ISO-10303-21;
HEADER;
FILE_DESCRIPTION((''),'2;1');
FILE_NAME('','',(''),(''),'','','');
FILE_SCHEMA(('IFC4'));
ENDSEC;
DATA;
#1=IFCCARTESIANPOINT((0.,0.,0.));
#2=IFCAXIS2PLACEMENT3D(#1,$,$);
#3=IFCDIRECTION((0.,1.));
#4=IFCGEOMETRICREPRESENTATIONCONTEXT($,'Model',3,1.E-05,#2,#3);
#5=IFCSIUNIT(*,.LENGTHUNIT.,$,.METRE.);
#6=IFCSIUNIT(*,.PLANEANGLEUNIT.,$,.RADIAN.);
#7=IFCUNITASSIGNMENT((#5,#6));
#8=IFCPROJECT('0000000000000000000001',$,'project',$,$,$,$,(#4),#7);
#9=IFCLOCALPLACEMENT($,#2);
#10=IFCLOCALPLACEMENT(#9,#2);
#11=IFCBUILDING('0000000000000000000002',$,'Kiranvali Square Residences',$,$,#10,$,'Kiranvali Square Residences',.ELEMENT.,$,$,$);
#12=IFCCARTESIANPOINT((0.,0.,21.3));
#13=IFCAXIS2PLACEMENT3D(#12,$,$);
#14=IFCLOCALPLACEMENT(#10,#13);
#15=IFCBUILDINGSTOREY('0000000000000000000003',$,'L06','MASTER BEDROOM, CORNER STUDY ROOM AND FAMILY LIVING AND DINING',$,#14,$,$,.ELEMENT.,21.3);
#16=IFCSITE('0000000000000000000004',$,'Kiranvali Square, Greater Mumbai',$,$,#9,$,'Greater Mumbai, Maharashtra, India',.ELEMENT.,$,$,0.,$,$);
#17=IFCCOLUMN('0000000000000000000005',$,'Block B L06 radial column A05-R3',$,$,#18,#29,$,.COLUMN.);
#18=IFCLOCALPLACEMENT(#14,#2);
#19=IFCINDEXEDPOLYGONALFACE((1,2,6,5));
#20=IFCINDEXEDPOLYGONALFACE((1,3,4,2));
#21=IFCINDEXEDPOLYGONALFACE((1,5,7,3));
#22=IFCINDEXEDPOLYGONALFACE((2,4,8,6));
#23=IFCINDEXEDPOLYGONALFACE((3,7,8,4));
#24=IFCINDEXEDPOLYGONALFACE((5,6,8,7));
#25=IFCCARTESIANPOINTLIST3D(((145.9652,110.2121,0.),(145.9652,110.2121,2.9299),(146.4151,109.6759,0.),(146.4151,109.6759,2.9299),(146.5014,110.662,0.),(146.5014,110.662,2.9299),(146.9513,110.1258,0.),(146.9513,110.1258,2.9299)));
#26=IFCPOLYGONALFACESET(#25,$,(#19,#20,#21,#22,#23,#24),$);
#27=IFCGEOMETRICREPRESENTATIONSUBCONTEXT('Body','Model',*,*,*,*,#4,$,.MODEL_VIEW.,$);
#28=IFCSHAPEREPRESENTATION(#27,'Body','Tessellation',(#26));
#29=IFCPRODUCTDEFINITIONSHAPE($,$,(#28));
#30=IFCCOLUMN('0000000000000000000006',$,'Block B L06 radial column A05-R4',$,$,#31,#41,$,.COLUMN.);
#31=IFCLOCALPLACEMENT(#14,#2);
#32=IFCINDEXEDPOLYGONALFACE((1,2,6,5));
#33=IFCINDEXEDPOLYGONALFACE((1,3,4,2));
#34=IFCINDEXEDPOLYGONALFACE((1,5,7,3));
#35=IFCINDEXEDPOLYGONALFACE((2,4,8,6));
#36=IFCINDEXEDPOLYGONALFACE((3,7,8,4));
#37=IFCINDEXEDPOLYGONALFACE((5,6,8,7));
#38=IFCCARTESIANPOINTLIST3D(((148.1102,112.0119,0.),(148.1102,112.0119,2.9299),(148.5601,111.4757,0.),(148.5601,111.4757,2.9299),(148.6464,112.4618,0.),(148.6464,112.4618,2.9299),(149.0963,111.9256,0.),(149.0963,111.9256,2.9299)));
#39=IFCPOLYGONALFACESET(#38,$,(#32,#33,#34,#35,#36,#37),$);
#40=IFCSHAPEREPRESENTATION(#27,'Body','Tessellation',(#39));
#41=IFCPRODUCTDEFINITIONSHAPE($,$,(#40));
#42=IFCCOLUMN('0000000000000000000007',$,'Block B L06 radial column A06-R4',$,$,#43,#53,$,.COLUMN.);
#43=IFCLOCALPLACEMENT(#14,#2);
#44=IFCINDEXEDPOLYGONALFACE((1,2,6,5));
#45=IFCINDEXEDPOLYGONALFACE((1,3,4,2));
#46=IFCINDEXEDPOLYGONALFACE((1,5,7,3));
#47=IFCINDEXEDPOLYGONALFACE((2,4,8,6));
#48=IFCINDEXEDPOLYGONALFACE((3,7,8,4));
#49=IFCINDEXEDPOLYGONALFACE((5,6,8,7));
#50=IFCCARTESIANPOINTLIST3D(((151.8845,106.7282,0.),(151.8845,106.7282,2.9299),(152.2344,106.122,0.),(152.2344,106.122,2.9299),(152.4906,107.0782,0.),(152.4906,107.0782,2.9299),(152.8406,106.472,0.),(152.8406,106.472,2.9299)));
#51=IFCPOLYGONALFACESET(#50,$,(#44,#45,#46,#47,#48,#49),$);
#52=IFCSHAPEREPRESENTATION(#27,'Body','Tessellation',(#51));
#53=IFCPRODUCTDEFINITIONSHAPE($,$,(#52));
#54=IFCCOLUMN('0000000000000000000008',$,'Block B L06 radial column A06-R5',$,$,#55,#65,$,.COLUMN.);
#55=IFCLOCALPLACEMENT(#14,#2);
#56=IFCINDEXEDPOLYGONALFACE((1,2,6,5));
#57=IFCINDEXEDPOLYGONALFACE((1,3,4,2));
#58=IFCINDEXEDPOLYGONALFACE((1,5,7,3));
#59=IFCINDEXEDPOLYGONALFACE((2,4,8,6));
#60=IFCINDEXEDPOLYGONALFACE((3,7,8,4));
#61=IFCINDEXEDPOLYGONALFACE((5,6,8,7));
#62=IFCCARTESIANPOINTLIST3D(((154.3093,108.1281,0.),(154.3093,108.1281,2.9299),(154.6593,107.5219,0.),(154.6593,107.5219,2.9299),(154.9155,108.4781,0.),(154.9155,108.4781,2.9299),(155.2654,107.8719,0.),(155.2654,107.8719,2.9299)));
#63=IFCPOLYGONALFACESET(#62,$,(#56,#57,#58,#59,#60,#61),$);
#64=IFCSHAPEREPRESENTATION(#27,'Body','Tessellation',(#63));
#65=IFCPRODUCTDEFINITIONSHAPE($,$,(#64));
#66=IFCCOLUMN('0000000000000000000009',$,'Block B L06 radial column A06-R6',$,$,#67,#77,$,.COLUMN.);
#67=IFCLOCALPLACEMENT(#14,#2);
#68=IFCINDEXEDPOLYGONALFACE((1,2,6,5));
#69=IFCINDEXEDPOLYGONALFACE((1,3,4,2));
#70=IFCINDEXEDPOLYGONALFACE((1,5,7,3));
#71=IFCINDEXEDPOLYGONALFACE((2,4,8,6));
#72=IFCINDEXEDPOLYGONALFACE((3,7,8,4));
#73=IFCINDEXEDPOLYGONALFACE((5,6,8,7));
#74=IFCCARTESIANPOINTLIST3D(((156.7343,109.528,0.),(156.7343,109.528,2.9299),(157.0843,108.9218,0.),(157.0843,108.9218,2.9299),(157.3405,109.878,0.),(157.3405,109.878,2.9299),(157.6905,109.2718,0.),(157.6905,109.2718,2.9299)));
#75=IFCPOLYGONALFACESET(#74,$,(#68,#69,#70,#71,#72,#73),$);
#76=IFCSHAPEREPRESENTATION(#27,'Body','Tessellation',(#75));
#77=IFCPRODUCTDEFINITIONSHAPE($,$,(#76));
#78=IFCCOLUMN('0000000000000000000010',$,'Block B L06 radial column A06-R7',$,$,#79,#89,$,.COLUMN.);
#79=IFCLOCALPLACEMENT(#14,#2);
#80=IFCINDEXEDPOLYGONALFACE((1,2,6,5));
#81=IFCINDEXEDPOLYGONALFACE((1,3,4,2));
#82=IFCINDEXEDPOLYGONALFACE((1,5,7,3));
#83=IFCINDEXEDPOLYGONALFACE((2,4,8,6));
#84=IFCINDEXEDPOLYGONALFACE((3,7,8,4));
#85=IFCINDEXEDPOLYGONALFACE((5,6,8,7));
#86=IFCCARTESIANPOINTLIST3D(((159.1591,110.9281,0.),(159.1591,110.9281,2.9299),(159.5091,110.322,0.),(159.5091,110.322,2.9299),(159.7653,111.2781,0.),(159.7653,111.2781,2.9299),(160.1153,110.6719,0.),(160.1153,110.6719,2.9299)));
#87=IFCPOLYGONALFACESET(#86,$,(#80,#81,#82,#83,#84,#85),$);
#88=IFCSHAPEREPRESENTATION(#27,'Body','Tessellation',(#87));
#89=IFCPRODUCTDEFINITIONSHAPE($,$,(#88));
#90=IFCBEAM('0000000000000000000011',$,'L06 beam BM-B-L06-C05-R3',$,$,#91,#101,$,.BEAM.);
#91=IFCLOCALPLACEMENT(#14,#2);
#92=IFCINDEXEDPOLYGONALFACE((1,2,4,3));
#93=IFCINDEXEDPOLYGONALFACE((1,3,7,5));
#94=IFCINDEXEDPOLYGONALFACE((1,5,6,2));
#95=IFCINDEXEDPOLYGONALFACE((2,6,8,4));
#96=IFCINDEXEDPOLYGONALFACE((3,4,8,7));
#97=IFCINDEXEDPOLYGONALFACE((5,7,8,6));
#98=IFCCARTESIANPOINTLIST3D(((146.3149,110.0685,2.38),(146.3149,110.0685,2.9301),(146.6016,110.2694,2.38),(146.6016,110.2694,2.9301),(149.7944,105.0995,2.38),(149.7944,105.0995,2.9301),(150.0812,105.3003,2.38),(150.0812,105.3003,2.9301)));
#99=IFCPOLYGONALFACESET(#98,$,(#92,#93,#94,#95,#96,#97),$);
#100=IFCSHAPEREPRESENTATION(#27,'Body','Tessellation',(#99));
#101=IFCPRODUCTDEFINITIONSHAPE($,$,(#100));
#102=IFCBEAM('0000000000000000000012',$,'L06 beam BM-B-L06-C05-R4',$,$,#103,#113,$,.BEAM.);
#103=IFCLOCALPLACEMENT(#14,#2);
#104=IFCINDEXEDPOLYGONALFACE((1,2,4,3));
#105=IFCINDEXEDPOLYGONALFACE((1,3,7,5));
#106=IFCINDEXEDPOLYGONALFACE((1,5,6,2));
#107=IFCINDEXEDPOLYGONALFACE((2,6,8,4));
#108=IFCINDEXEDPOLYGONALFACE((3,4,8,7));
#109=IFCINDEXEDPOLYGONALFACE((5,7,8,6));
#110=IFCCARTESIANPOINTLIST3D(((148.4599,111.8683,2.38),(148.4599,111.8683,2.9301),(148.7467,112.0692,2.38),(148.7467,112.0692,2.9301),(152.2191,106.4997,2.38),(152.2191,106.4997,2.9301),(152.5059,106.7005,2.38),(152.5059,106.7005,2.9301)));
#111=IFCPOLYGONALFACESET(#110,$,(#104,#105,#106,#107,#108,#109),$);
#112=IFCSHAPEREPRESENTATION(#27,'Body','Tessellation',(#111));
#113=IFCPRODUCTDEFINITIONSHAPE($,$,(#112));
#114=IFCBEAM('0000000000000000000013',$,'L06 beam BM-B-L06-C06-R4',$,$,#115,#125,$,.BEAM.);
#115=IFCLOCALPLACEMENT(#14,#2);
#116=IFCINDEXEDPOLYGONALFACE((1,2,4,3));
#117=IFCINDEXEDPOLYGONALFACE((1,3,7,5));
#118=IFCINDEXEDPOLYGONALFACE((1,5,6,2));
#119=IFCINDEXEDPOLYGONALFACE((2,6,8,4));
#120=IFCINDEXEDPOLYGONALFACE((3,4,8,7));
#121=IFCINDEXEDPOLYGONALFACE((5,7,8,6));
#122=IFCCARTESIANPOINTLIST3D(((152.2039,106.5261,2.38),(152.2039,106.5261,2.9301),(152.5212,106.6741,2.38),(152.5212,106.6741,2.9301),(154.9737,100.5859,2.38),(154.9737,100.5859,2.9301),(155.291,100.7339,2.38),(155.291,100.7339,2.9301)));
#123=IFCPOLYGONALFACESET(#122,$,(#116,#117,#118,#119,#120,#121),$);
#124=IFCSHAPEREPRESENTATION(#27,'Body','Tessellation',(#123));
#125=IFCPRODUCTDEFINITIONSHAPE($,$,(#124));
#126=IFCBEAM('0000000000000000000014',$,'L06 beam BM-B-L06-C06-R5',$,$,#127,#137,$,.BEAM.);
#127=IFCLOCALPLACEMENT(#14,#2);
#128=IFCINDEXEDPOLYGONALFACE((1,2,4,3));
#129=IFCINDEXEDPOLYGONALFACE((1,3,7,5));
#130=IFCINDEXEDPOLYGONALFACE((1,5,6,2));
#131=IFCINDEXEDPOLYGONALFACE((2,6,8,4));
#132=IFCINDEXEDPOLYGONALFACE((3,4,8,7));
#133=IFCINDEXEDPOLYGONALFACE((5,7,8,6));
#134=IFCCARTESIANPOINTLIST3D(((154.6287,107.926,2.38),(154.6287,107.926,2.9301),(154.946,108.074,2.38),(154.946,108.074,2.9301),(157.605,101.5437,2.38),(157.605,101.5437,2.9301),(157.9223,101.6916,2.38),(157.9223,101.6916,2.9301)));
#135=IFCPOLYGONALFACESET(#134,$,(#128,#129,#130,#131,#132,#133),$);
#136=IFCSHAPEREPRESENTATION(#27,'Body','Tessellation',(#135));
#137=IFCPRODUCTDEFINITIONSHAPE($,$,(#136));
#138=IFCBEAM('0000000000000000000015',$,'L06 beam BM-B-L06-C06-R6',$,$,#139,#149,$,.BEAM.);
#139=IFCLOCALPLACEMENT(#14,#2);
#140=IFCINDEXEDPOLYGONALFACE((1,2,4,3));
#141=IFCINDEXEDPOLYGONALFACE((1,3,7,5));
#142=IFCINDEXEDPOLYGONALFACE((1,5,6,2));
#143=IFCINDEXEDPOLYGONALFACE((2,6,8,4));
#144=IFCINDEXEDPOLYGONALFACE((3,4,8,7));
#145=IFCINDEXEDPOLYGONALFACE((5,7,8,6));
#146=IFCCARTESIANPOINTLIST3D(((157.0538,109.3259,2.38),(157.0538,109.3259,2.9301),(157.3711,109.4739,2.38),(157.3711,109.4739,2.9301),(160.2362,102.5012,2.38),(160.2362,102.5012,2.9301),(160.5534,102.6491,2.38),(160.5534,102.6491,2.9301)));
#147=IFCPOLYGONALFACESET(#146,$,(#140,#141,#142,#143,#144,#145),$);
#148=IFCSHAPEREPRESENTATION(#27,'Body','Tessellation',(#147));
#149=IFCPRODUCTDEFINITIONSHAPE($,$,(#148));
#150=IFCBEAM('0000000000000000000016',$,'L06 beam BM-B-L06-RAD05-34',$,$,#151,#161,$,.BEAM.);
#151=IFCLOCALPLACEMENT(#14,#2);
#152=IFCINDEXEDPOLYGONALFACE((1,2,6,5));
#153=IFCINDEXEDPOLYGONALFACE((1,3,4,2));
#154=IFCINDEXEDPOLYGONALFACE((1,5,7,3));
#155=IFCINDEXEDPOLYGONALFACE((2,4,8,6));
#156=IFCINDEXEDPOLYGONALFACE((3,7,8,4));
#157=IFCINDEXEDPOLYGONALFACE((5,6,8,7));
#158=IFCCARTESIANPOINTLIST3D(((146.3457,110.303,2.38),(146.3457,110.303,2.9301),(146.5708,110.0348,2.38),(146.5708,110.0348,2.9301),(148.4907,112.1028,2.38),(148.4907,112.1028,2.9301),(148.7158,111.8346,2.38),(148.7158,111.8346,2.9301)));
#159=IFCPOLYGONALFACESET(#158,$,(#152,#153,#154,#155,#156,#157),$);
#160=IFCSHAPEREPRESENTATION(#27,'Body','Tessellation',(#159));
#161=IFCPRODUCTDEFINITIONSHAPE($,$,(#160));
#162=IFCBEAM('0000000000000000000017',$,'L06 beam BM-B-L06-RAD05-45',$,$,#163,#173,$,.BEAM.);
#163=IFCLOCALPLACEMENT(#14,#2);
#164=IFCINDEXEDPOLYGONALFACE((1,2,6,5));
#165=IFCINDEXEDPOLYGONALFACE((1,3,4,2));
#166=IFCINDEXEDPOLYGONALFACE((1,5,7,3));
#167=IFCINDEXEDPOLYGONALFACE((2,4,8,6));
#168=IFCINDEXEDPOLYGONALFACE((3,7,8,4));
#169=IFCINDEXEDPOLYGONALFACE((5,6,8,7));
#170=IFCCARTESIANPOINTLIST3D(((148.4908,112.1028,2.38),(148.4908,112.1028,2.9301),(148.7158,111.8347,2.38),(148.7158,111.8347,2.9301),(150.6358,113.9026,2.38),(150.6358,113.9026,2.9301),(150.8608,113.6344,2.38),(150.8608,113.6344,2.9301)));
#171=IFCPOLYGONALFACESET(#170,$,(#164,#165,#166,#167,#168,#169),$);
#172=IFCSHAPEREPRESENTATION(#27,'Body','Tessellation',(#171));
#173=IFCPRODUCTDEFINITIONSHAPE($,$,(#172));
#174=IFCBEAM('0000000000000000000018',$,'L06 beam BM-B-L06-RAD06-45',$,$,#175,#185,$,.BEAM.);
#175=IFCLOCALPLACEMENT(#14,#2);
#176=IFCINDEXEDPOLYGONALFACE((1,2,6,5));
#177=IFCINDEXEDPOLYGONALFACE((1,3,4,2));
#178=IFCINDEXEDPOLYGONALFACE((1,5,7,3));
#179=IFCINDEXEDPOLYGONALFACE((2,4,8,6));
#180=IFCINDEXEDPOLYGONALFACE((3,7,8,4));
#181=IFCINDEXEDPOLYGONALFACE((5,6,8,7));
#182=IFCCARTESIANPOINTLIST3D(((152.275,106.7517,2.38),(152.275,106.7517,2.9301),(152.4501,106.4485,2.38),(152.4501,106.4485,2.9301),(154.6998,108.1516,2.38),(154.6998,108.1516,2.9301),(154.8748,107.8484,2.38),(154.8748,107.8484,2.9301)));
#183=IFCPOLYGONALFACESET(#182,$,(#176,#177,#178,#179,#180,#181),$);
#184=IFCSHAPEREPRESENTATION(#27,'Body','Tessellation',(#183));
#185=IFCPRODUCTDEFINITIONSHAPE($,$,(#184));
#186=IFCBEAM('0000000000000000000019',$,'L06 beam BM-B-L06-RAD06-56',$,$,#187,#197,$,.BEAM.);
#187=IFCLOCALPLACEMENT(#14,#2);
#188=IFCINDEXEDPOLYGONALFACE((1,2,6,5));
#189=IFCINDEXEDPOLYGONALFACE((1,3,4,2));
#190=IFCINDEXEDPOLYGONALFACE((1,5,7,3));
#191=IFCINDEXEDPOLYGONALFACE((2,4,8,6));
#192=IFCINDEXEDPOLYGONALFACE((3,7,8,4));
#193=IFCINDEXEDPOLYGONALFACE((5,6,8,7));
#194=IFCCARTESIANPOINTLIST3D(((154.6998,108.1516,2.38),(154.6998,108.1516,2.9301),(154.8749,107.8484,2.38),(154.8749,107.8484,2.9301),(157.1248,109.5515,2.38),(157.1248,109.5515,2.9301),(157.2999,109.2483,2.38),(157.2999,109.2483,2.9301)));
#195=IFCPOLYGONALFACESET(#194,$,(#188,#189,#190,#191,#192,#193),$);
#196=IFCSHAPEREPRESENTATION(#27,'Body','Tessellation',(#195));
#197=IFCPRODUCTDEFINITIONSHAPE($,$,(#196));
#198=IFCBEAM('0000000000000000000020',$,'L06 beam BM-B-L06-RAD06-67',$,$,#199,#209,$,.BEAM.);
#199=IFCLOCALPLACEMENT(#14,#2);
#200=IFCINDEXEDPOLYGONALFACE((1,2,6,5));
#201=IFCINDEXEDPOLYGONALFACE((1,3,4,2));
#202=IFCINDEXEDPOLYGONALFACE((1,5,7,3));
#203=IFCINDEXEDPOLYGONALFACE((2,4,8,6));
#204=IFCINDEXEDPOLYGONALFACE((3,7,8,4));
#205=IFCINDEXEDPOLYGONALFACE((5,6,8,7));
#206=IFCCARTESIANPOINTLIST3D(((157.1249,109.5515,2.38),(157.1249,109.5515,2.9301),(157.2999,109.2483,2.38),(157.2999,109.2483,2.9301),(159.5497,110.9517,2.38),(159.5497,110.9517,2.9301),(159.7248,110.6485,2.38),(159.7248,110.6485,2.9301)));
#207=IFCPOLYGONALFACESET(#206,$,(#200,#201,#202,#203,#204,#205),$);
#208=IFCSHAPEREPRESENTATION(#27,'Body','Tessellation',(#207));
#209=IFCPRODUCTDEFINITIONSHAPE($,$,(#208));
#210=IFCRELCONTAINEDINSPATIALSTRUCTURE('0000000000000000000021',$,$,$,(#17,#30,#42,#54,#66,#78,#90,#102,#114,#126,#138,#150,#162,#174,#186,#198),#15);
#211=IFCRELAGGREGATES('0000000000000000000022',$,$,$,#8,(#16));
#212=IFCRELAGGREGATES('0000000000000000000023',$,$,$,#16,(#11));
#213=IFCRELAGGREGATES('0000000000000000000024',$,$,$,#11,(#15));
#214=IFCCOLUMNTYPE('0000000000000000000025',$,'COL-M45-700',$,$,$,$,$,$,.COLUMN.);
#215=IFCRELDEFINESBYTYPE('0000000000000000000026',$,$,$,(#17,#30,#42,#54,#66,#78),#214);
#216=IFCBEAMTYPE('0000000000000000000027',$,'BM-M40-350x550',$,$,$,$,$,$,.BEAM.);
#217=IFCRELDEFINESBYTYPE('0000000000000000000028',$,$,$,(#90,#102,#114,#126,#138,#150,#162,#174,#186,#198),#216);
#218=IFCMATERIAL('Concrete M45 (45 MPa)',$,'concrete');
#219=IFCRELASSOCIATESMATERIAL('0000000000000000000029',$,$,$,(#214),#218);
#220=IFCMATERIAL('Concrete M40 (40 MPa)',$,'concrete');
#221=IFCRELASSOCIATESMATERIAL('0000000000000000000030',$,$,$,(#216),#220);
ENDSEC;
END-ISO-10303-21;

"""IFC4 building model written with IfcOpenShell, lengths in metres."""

from ifc_helpers import new_model, si_unit, direction, frame, origin, origin_2d, place, context, subcontext, project, spatial, rectangle, extrude, material, material_profile, profile_set, type_object, element, save


model = new_model("IFC4")

# Units and contexts
model_context = context("Model", 3, precision=1e-05, world=origin(), true_north=direction((0.0, 1.0)))
body_context = subcontext(model_context, "Body", "Model", "MODEL_VIEW")
ifc_project = project(units=[si_unit("LENGTHUNIT", "METRE"), si_unit("PLANEANGLEUNIT", "RADIAN")], contexts=[model_context])

# Site, building, storey
site_placement = place(None, origin())
site = spatial("IfcSite", under=ifc_project, at=site_placement, Name="Kiranvali Square, Greater Mumbai", LongName="Greater Mumbai, Maharashtra, India", CompositionType="ELEMENT", RefElevation=0.0)
building_placement = place(site_placement, origin())
building = spatial("IfcBuilding", under=site, at=building_placement, Name="Kiranvali Square Residences", LongName="Kiranvali Square Residences", CompositionType="ELEMENT")
storey_placement = place(building_placement, frame((0.0, 0.0, 21.3)))
storey = spatial("IfcBuildingStorey", under=building, at=storey_placement, Name="L06", Description="MASTER BEDROOM, CORNER STUDY ROOM AND FAMILY LIVING AND DINING", CompositionType="ELEMENT", Elevation=21.3)

# Columns
ifc_material_1 = material(Name="Concrete M45 (45 MPa)", Category="concrete")
ifc_material_profile_1 = material_profile(ifc_material_1, rectangle(XDim=0.7, YDim=0.7, at=origin_2d()), Name="RC 700x700")
ifc_profile_set_1 = profile_set([ifc_material_profile_1], Name="Concrete M45 (45 MPa)")
column_type = type_object("IfcColumnType", Name="COL-M45-700", PredefinedType="COLUMN", material=ifc_profile_set_1)
for number, where, z_axis, x_axis, name in (
    (1, (146.4583, 110.1689, 0.0), (0.0, 0.0, 1.0), (-0.642788, 0.766044, 0.0), "Block B L06 radial column A05-R3"),
    (2, (148.6033, 111.9688, 0.0), (0.0, 0.0, 1.0), (-0.642788, 0.766044, 0.0), "Block B L06 radial column A05-R4"),
    (3, (152.3625, 106.6001, 0.0), (0.0, 0.0, 1.0), (-0.5, 0.866025, 0.0), "Block B L06 radial column A06-R4"),
    (4, (154.7874, 108.0, 0.0), (0.0, 0.0, 1.0), (-0.5, 0.866025, 0.0), "Block B L06 radial column A06-R5"),
    (5, (157.2124, 109.3999, 0.0), (0.0, 0.0, 1.0), (-0.5, 0.866025, 0.0), "Block B L06 radial column A06-R6"),
    (6, (159.6372, 110.8, 0.0), (0.0, 0.0, 1.0), (-0.5, 0.866025, 0.0), "Block B L06 radial column A06-R7"),
):
    element("IfcColumn", number, at=place(storey_placement, frame(where, z_axis=z_axis, x_axis=x_axis)), inside=storey, type_object=column_type, Name=name, PredefinedType="COLUMN", context=body_context, shape_type="SweptSolid", body=[
        extrude(rectangle(XDim=0.7, YDim=0.7, at=origin_2d()), origin(), (0.0, 0.0, 1.0), 2.9299),
    ])

# Beams
ifc_material_2 = material(Name="Concrete M40 (40 MPa)", Category="concrete")
ifc_material_profile_2 = material_profile(ifc_material_2, rectangle(XDim=0.3501, YDim=0.55, at=origin_2d()), Name="RC 350x550")
ifc_profile_set_2 = profile_set([ifc_material_profile_2], Name="Concrete M40 (40 MPa)")
beam_type_1 = type_object("IfcBeamType", Name="BM-M40-350x550", PredefinedType="BEAM", material=ifc_profile_set_2)
beam_1_placement = place(storey_placement, frame((146.4583, 110.1689, 2.655), z_axis=(0.573595, -0.819139, 0.0), x_axis=(0.819139, 0.573595, 0.0)))
element("IfcBeam", 7, at=beam_1_placement, inside=storey, type_object=beam_type_1, Name="L06 beam BM-B-L06-C05-R3", PredefinedType="BEAM", context=body_context, shape_type="SweptSolid", body=[
    extrude(rectangle(XDim=0.3501, YDim=0.55, at=origin_2d()), origin(), (0.0, 0.0, 1.0), 6.0662),
])
beam_2_placement = place(storey_placement, frame((148.6033, 111.9688, 2.655), z_axis=(0.573587, -0.819144, 0.0), x_axis=(0.819144, 0.573587, 0.0)))
element("IfcBeam", 8, at=beam_2_placement, inside=storey, type_object=beam_type_1, Name="L06 beam BM-B-L06-C05-R4", PredefinedType="BEAM", context=body_context, shape_type="SweptSolid", body=[
    extrude(rectangle(XDim=0.3501, YDim=0.55, at=origin_2d()), origin(), (0.0, 0.0, 1.0), 6.554),
])
beam_3_placement = place(storey_placement, frame((152.3625, 106.6001, 2.655), z_axis=(0.422596, -0.906318, 0.0), x_axis=(0.906318, 0.422596, 0.0)))
element("IfcBeam", 9, at=beam_3_placement, inside=storey, type_object=beam_type_1, Name="L06 beam BM-B-L06-C06-R4", PredefinedType="BEAM", context=body_context, shape_type="SweptSolid", body=[
    extrude(rectangle(XDim=0.3501, YDim=0.55, at=origin_2d()), origin(), (0.0, 0.0, 1.0), 6.5542),
])
beam_4_placement = place(storey_placement, frame((154.7874, 108.0, 2.655), z_axis=(0.422641, -0.906297, 0.0), x_axis=(0.906297, 0.422641, 0.0)))
element("IfcBeam", 10, at=beam_4_placement, inside=storey, type_object=beam_type_1, Name="L06 beam BM-B-L06-C06-R5", PredefinedType="BEAM", context=body_context, shape_type="SweptSolid", body=[
    extrude(rectangle(XDim=0.3501, YDim=0.55, at=origin_2d()), origin(), (0.0, 0.0, 1.0), 7.0422),
])
beam_5_placement = place(storey_placement, frame((157.2124, 109.3999, 2.655), z_axis=(0.422614, -0.90631, 0.0), x_axis=(0.90631, 0.422614, 0.0)))
element("IfcBeam", 11, at=beam_5_placement, inside=storey, type_object=beam_type_1, Name="L06 beam BM-B-L06-C06-R6", PredefinedType="BEAM", context=body_context, shape_type="SweptSolid", body=[
    extrude(rectangle(XDim=0.3501, YDim=0.55, at=origin_2d()), origin(), (0.0, 0.0, 1.0), 7.5303),
])
for number, where, z_axis, x_axis, name in (
    (12, (146.4583, 110.1689, 2.655), (0.766059, 0.642771, 0.0), (-0.642771, 0.766059, 0.0), "L06 beam BM-B-L06-RAD05-34"),
    (13, (148.6033, 111.9688, 2.655), (0.766059, 0.642771, 0.0), (-0.642771, 0.766059, 0.0), "L06 beam BM-B-L06-RAD05-45"),
):
    element("IfcBeam", number, at=place(storey_placement, frame(where, z_axis=z_axis, x_axis=x_axis)), inside=storey, type_object=beam_type_1, Name=name, PredefinedType="BEAM", context=body_context, shape_type="SweptSolid", body=[
        extrude(rectangle(XDim=0.3501, YDim=0.55, at=origin_2d()), origin(), (0.0, 0.0, 1.0), 2.8),
    ])
beam_6_placement = place(storey_placement, frame((152.3625, 106.6001, 2.655), z_axis=(0.866035, 0.499984, 0.0), x_axis=(-0.499984, 0.866035, 0.0)))
element("IfcBeam", 14, at=beam_6_placement, inside=storey, type_object=beam_type_1, Name="L06 beam BM-B-L06-RAD06-45", PredefinedType="BEAM", context=body_context, shape_type="SweptSolid", body=[
    extrude(rectangle(XDim=0.3501, YDim=0.55, at=origin_2d()), origin(), (0.0, 0.0, 1.0), 2.7998),
])
for number, where, z_axis, x_axis, name in (
    (15, (154.7874, 108.0, 2.655), (0.866056, 0.499946, 0.0), (-0.499946, 0.866056, 0.0), "L06 beam BM-B-L06-RAD06-56"),
    (16, (157.2124, 109.3999, 2.655), (0.865997, 0.50005, 0.0), (-0.50005, 0.865997, 0.0), "L06 beam BM-B-L06-RAD06-67"),
):
    element("IfcBeam", number, at=place(storey_placement, frame(where, z_axis=z_axis, x_axis=x_axis)), inside=storey, type_object=beam_type_1, Name=name, PredefinedType="BEAM", context=body_context, shape_type="SweptSolid", body=[
        extrude(rectangle(XDim=0.3501, YDim=0.55, at=origin_2d()), origin(), (0.0, 0.0, 1.0), 2.8),
    ])

save(model, "model.ifc")
